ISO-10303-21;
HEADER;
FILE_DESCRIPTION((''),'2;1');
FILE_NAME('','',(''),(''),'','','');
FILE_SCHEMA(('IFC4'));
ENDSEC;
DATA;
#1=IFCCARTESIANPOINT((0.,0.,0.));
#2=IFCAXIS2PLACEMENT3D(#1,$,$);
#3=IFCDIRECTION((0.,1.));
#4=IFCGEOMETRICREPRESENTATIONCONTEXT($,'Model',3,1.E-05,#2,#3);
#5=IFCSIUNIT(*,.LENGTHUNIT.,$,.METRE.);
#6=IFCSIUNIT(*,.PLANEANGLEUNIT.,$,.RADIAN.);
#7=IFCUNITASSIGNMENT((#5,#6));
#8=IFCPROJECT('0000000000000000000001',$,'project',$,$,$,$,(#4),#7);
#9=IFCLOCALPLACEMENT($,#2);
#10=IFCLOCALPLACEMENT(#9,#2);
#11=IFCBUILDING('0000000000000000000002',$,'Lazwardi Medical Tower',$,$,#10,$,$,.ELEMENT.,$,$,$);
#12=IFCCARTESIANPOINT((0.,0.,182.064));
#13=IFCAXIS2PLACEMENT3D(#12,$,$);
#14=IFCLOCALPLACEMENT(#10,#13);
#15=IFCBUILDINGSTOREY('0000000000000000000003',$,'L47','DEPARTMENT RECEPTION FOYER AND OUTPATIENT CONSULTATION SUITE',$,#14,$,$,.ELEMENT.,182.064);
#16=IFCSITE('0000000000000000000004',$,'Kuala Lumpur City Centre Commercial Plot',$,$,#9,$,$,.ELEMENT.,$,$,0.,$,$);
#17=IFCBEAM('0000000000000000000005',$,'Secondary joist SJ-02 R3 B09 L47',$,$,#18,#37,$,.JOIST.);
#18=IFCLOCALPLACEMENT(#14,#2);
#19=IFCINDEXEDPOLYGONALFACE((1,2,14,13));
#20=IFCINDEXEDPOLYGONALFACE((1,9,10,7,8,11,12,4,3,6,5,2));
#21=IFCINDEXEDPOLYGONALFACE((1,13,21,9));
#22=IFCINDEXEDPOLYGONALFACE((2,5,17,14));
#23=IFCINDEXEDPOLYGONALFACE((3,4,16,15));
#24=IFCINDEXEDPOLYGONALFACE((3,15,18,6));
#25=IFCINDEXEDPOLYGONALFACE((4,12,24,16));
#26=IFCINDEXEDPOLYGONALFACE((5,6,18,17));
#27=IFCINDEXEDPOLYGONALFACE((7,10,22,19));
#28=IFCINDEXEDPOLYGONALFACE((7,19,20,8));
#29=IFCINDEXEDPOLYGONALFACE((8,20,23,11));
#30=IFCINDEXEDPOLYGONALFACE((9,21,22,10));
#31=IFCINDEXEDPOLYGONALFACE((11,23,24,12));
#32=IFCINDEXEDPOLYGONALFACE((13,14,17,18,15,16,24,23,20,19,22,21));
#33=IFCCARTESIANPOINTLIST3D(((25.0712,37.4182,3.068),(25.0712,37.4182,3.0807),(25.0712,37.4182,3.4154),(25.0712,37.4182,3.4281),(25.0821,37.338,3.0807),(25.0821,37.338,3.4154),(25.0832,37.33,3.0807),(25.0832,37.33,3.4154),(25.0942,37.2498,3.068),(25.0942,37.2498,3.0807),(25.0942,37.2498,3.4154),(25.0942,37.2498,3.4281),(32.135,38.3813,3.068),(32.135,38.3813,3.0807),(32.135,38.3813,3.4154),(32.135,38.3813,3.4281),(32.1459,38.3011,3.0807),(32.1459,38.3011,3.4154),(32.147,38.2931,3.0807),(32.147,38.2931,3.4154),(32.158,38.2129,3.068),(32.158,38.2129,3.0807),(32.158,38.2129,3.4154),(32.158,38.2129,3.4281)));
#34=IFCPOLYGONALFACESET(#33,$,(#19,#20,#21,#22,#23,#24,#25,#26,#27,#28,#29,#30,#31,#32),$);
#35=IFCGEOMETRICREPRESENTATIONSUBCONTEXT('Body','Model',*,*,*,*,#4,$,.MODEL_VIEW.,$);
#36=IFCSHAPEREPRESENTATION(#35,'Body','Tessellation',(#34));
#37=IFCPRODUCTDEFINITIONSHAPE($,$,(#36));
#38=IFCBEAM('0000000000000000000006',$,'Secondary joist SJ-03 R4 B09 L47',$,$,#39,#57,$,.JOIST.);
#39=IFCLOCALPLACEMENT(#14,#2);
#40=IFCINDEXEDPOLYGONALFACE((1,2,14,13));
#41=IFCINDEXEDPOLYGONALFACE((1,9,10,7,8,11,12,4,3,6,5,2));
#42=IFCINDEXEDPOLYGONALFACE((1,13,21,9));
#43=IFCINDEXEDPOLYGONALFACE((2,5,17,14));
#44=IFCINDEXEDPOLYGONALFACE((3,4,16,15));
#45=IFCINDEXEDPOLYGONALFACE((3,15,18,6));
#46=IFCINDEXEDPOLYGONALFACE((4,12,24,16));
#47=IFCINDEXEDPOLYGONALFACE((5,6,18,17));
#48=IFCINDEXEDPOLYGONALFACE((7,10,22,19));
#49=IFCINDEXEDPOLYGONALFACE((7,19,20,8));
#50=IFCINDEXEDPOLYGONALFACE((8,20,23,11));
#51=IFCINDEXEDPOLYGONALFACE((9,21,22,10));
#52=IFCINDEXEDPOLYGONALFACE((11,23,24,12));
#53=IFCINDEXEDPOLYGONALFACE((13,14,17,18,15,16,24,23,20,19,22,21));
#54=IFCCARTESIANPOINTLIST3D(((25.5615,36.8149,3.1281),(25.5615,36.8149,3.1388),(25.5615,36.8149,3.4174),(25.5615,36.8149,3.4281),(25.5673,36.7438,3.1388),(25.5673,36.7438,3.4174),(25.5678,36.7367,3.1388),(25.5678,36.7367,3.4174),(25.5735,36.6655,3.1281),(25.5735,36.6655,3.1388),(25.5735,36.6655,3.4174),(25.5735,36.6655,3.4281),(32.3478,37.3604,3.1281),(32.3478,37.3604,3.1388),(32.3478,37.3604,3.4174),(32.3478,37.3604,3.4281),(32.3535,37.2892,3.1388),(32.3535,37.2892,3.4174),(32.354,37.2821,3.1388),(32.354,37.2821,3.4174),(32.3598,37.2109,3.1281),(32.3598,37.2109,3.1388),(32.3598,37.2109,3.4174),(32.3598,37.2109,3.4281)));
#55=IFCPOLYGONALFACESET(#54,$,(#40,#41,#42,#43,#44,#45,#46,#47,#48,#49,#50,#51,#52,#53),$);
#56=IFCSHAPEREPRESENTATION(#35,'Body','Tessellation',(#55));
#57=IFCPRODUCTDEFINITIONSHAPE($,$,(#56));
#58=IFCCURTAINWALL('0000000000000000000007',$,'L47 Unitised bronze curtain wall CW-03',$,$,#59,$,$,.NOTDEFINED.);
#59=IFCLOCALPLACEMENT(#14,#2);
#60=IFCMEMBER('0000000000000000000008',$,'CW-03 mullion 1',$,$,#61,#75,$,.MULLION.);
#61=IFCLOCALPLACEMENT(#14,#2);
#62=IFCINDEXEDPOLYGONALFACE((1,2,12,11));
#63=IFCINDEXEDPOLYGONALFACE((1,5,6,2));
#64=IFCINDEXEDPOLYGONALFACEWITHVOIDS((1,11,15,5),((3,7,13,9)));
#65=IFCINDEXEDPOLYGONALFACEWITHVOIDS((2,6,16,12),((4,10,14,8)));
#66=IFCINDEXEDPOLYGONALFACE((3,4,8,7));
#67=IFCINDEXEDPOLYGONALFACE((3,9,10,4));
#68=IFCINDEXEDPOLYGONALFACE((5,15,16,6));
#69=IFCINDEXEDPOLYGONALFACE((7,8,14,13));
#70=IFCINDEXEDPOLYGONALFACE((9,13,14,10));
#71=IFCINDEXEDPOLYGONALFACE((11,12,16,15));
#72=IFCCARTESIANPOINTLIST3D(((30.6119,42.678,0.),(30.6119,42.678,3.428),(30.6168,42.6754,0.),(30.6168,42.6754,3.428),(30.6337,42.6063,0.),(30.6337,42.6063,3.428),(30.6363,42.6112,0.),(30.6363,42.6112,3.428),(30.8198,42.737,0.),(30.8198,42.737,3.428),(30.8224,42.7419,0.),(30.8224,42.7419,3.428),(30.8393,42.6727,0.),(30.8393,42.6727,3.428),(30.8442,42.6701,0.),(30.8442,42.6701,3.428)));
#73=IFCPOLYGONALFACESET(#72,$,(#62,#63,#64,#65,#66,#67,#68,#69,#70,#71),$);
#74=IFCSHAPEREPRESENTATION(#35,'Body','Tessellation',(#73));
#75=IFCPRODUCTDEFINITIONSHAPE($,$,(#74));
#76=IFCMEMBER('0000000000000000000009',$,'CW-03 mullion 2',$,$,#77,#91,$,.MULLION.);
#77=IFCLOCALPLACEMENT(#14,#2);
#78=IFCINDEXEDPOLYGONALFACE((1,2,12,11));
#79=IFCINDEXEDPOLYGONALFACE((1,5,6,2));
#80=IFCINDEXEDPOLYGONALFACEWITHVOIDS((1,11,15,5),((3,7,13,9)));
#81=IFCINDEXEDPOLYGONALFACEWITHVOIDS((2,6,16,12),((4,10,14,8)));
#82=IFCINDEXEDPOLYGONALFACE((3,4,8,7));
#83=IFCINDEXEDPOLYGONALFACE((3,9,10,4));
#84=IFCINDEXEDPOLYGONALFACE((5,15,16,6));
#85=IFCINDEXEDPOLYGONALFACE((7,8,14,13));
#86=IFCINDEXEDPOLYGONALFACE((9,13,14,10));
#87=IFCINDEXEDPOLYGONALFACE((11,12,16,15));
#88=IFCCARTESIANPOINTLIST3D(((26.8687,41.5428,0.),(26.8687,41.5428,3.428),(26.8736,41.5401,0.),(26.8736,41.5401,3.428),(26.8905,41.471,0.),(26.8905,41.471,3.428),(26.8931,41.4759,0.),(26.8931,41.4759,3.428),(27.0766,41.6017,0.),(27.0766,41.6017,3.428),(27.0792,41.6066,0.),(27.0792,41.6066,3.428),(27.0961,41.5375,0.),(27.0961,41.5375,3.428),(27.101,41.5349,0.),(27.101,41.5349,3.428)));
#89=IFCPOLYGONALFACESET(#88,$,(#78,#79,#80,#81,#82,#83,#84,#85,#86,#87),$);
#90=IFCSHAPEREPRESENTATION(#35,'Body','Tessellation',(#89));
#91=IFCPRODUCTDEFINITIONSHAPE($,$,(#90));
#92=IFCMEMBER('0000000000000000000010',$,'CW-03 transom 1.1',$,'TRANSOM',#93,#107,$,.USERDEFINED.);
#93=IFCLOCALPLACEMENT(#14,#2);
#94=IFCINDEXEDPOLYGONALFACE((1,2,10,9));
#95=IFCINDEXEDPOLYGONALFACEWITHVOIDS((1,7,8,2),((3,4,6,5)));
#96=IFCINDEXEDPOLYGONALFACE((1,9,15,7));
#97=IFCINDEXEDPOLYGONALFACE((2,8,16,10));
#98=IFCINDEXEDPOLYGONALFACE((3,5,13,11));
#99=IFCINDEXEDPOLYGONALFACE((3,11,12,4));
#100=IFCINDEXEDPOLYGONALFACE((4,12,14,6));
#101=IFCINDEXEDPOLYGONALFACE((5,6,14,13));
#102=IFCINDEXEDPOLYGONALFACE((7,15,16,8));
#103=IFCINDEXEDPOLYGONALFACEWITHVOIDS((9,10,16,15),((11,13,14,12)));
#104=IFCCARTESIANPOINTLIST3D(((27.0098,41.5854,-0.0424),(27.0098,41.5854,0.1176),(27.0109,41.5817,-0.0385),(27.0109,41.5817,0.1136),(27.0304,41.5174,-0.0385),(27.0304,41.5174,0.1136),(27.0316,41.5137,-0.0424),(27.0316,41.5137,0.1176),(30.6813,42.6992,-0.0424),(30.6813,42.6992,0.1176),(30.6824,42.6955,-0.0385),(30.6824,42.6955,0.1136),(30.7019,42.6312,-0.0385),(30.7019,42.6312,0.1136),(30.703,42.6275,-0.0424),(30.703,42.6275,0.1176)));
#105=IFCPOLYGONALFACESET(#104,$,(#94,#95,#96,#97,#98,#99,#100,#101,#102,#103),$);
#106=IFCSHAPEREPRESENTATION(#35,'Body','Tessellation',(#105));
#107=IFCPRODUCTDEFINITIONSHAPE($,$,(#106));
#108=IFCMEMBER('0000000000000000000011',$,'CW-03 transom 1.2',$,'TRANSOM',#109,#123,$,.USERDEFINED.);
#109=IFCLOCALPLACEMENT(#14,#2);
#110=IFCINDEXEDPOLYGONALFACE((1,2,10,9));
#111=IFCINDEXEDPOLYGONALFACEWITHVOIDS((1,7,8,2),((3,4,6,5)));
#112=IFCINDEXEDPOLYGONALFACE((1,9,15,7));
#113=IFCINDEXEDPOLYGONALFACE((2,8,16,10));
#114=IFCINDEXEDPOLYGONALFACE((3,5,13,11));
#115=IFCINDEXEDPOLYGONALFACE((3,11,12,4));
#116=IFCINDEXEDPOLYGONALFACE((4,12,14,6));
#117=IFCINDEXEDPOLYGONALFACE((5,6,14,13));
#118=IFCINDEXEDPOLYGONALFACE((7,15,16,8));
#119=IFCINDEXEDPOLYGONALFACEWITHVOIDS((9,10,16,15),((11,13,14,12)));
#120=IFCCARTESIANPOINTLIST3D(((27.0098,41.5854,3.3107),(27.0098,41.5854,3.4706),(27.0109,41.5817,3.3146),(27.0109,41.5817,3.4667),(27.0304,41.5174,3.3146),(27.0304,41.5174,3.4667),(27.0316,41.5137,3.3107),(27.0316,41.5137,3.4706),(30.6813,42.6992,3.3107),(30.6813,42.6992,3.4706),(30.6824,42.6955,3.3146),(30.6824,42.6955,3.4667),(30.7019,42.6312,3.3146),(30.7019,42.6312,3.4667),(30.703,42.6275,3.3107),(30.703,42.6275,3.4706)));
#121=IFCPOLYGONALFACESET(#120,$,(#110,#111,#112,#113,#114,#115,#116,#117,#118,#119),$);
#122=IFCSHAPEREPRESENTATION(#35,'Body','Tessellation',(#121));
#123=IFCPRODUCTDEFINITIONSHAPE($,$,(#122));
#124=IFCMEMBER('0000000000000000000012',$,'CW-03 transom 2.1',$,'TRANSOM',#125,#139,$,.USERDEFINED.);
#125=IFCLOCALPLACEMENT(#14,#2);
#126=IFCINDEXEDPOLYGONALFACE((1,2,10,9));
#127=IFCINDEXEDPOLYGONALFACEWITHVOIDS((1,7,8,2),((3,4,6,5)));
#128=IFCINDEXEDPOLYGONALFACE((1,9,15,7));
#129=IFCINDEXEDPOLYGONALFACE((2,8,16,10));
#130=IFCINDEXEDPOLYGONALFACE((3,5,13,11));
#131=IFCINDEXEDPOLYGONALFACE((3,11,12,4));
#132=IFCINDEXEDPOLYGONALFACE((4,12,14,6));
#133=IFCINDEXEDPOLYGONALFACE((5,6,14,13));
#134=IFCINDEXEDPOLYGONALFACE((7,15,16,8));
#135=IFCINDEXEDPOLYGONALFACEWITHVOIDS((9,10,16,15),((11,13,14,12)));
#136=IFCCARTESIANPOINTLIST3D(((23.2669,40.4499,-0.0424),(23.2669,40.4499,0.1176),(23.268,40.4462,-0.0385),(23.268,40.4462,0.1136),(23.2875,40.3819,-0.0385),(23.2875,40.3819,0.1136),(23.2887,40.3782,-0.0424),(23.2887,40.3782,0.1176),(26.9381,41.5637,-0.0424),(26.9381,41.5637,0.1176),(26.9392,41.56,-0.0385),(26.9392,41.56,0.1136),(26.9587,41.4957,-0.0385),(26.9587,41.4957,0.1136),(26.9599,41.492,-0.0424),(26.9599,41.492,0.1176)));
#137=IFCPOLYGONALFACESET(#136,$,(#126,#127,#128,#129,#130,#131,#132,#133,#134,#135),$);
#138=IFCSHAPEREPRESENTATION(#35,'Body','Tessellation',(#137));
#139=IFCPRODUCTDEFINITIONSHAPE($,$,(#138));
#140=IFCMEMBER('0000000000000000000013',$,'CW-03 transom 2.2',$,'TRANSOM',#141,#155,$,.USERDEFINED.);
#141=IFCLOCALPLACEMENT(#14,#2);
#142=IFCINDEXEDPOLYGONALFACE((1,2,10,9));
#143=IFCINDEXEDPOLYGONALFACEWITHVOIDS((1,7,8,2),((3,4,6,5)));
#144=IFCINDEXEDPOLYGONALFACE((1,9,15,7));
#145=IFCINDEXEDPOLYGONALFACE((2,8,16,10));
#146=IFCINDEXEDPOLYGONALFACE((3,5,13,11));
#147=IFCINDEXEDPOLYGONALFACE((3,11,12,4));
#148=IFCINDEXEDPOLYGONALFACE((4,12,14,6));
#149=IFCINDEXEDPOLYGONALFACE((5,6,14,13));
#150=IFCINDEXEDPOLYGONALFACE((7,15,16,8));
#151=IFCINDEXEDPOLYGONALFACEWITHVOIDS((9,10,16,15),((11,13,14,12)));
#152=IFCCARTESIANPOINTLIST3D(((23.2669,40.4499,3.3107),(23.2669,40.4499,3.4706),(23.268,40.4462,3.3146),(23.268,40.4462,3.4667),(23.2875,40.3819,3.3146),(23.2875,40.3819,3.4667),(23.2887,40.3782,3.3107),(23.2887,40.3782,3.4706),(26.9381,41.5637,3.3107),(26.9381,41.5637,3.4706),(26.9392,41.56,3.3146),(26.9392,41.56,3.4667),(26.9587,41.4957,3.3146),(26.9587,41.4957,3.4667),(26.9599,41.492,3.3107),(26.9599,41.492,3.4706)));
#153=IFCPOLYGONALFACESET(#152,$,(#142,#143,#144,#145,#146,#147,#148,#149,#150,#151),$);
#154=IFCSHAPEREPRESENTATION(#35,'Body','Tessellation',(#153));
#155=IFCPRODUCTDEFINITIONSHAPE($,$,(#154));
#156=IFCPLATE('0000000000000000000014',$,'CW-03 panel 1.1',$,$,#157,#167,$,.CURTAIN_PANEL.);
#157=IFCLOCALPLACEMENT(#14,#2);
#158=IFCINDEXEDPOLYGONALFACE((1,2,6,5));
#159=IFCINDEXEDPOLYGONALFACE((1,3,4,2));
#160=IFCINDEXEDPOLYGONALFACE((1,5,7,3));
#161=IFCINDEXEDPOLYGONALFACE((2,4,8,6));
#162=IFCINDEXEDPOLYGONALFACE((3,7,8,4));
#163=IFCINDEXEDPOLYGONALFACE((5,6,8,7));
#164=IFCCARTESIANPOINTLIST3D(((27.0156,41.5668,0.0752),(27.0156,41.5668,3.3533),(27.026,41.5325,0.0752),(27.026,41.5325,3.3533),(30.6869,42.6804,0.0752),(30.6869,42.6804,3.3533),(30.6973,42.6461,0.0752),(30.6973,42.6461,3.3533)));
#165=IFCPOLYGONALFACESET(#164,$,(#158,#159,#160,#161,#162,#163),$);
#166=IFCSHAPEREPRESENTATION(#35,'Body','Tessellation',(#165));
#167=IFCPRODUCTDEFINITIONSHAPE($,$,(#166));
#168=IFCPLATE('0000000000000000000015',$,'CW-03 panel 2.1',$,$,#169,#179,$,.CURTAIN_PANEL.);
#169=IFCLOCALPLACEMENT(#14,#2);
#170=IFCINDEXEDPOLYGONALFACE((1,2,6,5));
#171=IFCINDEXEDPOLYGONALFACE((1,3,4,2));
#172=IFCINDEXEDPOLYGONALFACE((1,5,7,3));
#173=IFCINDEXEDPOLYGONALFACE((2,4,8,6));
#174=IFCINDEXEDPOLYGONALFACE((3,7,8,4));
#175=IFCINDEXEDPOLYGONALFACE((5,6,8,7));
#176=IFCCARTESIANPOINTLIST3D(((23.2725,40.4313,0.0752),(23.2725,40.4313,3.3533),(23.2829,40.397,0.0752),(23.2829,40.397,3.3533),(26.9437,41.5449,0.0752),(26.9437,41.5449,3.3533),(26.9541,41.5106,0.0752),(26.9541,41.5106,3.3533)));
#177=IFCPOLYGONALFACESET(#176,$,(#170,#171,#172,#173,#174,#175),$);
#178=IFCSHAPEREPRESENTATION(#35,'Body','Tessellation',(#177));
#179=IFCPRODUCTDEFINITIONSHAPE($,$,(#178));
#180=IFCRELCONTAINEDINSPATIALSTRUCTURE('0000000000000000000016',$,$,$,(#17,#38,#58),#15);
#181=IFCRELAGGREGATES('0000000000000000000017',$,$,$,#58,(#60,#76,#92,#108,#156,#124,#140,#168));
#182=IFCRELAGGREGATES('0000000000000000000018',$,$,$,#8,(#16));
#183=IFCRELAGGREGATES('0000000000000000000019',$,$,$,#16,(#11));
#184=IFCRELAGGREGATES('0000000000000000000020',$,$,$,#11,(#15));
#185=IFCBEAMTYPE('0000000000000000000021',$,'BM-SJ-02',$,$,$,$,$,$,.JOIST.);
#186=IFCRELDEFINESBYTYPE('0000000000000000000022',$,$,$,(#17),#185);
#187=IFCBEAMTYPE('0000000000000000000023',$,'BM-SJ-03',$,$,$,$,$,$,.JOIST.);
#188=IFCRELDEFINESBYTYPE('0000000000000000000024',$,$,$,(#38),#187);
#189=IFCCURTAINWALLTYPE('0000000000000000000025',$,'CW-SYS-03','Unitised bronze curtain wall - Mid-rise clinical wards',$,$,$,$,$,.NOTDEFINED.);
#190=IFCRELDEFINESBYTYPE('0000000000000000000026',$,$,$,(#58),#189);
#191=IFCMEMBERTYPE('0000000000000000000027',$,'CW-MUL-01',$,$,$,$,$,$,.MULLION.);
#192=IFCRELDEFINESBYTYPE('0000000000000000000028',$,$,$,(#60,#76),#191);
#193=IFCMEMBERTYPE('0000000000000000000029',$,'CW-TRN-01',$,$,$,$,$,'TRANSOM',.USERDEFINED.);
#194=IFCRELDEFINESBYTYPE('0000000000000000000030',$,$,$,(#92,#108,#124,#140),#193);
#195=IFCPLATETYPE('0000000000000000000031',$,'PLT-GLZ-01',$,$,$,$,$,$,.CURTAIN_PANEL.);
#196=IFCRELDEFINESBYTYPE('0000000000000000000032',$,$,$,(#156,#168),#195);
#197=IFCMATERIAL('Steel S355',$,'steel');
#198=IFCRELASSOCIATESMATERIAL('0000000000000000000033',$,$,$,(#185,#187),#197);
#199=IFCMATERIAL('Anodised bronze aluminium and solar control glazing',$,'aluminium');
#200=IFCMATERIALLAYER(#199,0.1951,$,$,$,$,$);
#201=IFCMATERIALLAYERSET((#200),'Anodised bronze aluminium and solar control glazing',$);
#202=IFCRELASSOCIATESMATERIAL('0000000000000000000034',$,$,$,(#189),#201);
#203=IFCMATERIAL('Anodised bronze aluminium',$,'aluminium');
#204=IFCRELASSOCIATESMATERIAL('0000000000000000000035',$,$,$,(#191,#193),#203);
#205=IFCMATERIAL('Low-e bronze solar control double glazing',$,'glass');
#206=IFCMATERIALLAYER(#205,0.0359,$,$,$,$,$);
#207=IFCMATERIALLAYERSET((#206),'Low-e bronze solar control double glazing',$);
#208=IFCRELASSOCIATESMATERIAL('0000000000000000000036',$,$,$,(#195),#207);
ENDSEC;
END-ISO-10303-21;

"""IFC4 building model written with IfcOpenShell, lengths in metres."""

from ifc_helpers import new_model, si_unit, direction, frame, origin, origin_2d, place, context, subcontext, project, spatial, rectangle, hollow_rectangle, i_section, extrude, material, layer, layer_set, material_profile, profile_set, type_object, element, aggregate, save


model = new_model("IFC4")

# Units and contexts
model_context = context("Model", 3, precision=1e-05, world=origin(), true_north=direction((0.0, 1.0)))
body_context = subcontext(model_context, "Body", "Model", "MODEL_VIEW")
ifc_project = project(units=[si_unit("LENGTHUNIT", "METRE"), si_unit("PLANEANGLEUNIT", "RADIAN")], contexts=[model_context])

# Site, building, storey
site_placement = place(None, origin())
site = spatial("IfcSite", under=ifc_project, at=site_placement, Name="Kuala Lumpur City Centre Commercial Plot", CompositionType="ELEMENT", RefElevation=0.0)
building_placement = place(site_placement, origin())
building = spatial("IfcBuilding", under=site, at=building_placement, Name="Lazwardi Medical Tower", CompositionType="ELEMENT")
storey_placement = place(building_placement, frame((0.0, 0.0, 182.064)))
storey = spatial("IfcBuildingStorey", under=building, at=storey_placement, Name="L47", Description="DEPARTMENT RECEPTION FOYER AND OUTPATIENT CONSULTATION SUITE", CompositionType="ELEMENT", Elevation=182.064)

# Beams
ifc_material_1 = material(Name="Steel S355", Category="steel")
ifc_material_profile_1 = material_profile(ifc_material_1, i_section(OverallWidth=0.1699, OverallDepth=0.3601, WebThickness=0.0081, FlangeThickness=0.0127, at=origin_2d()), Name="IPE 360")
ifc_profile_set_1 = profile_set([ifc_material_profile_1], Name="Steel S355")
beam_type_1 = type_object("IfcBeamType", Name="BM-SJ-02", PredefinedType="JOIST", material=ifc_profile_set_1)
beam_1_placement = place(storey_placement, frame((32.1465, 38.2971, 3.248), z_axis=(-0.990832, -0.135099, 0.0), x_axis=(0.135099, -0.990832, 0.0)))
element("IfcBeam", 1, at=beam_1_placement, inside=storey, type_object=beam_type_1, Name="Secondary joist SJ-02 R3 B09 L47", PredefinedType="JOIST", context=body_context, shape_type="SweptSolid", body=[
    extrude(i_section(OverallWidth=0.1699, OverallDepth=0.3601, WebThickness=0.0081, FlangeThickness=0.0127, at=origin_2d()), origin(), (0.0, 0.0, 1.0), 7.1292),
])
ifc_material_profile_2 = material_profile(ifc_material_1, i_section(OverallWidth=0.1499, OverallDepth=0.3, WebThickness=0.0071, FlangeThickness=0.0107, at=origin_2d()), Name="IPE 300")
ifc_profile_set_2 = profile_set([ifc_material_profile_2], Name="Steel S355")
beam_type_2 = type_object("IfcBeamType", Name="BM-SJ-03", PredefinedType="JOIST", material=ifc_profile_set_2)
beam_2_placement = place(storey_placement, frame((32.3538, 37.2856, 3.2781), z_axis=(-0.996786, -0.080113, 0.0), x_axis=(0.080113, -0.996786, 0.0)))
element("IfcBeam", 2, at=beam_2_placement, inside=storey, type_object=beam_type_2, Name="Secondary joist SJ-03 R4 B09 L47", PredefinedType="JOIST", context=body_context, shape_type="SweptSolid", body=[
    extrude(i_section(OverallWidth=0.1499, OverallDepth=0.3, WebThickness=0.0071, FlangeThickness=0.0107, at=origin_2d()), origin(), (0.0, 0.0, 1.0), 6.8081),
])

# Curtain wall, members, plates
ifc_material_2 = material(Name="Anodised bronze aluminium and solar control glazing", Category="aluminium")
ifc_layer_1 = layer(ifc_material_2, 0.1951)
ifc_layer_set_1 = layer_set([ifc_layer_1], Name="Anodised bronze aluminium and solar control glazing")
curtain_wall_type = type_object("IfcCurtainWallType", Name="CW-SYS-03", Description="Unitised bronze curtain wall - Mid-rise clinical wards", PredefinedType="NOTDEFINED", material=ifc_layer_set_1)
curtain_wall_placement = place(storey_placement, origin())
curtain_wall = element("IfcCurtainWall", 3, at=curtain_wall_placement, inside=storey, type_object=curtain_wall_type, Name="L47 Unitised bronze curtain wall CW-03", PredefinedType="NOTDEFINED")
ifc_material_3 = material(Name="Anodised bronze aluminium", Category="aluminium")
ifc_material_profile_3 = material_profile(ifc_material_3, hollow_rectangle(XDim=0.075, YDim=0.22, WallThickness=0.0039, at=origin_2d()), Name="ALU-MULLION 220x75x4")
ifc_profile_set_3 = profile_set([ifc_material_profile_3], Name="Anodised bronze aluminium")
member_type_1 = type_object("IfcMemberType", Name="CW-MUL-01", PredefinedType="MULLION", material=ifc_profile_set_3)
member_1_placement = place(storey_placement, frame((30.728, 42.6741, 0.0), z_axis=(0.0, 0.0, 1.0), x_axis=(0.290281, -0.956942, 0.0)))
member_1 = element("IfcMember", 4, at=member_1_placement, type_object=member_type_1, Name="CW-03 mullion 1", PredefinedType="MULLION", context=body_context, shape_type="SweptSolid", body=[
    extrude(hollow_rectangle(XDim=0.075, YDim=0.22, WallThickness=0.0039, at=origin_2d()), origin(), (0.0, 0.0, 1.0), 3.428),
])
member_2_placement = place(storey_placement, frame((26.9849, 41.5388, 0.0), z_axis=(0.0, 0.0, 1.0), x_axis=(0.290281, -0.956942, 0.0)))
member_2 = element("IfcMember", 5, at=member_2_placement, type_object=member_type_1, Name="CW-03 mullion 2", PredefinedType="MULLION", context=body_context, shape_type="SweptSolid", body=[
    extrude(hollow_rectangle(XDim=0.075, YDim=0.22, WallThickness=0.0039, at=origin_2d()), origin(), (0.0, 0.0, 1.0), 3.428),
])
ifc_material_profile_4 = material_profile(ifc_material_3, hollow_rectangle(XDim=0.075, YDim=0.1599, WallThickness=0.0039, at=origin_2d()), Name="ALU-TRANSOM 160x75x4")
ifc_profile_set_4 = profile_set([ifc_material_profile_4], Name="Anodised bronze aluminium")
member_type_2 = type_object("IfcMemberType", Name="CW-TRN-01", ElementType="TRANSOM", PredefinedType="USERDEFINED", material=ifc_profile_set_4)
member_3_placement = place(storey_placement, frame((30.6921, 42.6633, 0.0376), z_axis=(-0.956936, -0.290301, 0.0), x_axis=(0.290301, -0.956936, 0.0)))
member_3 = element("IfcMember", 6, at=member_3_placement, type_object=member_type_2, Name="CW-03 transom 1.1", ObjectType="TRANSOM", PredefinedType="USERDEFINED", context=body_context, shape_type="SweptSolid", body=[
    extrude(hollow_rectangle(XDim=0.075, YDim=0.1599, WallThickness=0.0039, at=origin_2d()), origin(), (0.0, 0.0, 1.0), 3.8367),
])
member_4_placement = place(storey_placement, frame((30.6921, 42.6633, 3.3906), z_axis=(-0.956936, -0.290301, 0.0), x_axis=(0.290301, -0.956936, 0.0)))
member_4 = element("IfcMember", 7, at=member_4_placement, type_object=member_type_2, Name="CW-03 transom 1.2", ObjectType="TRANSOM", PredefinedType="USERDEFINED", context=body_context, shape_type="SweptSolid", body=[
    extrude(hollow_rectangle(XDim=0.075, YDim=0.1599, WallThickness=0.0039, at=origin_2d()), origin(), (0.0, 0.0, 1.0), 3.8367),
])
member_5_placement = place(storey_placement, frame((26.949, 41.5278, 0.0376), z_axis=(-0.95693, -0.290318, 0.0), x_axis=(0.290318, -0.95693, 0.0)))
member_5 = element("IfcMember", 8, at=member_5_placement, type_object=member_type_2, Name="CW-03 transom 2.1", ObjectType="TRANSOM", PredefinedType="USERDEFINED", context=body_context, shape_type="SweptSolid", body=[
    extrude(hollow_rectangle(XDim=0.075, YDim=0.1599, WallThickness=0.0039, at=origin_2d()), origin(), (0.0, 0.0, 1.0), 3.8364),
])
member_6_placement = place(storey_placement, frame((26.949, 41.5278, 3.3906), z_axis=(-0.95693, -0.290318, 0.0), x_axis=(0.290318, -0.95693, 0.0)))
member_6 = element("IfcMember", 9, at=member_6_placement, type_object=member_type_2, Name="CW-03 transom 2.2", ObjectType="TRANSOM", PredefinedType="USERDEFINED", context=body_context, shape_type="SweptSolid", body=[
    extrude(hollow_rectangle(XDim=0.075, YDim=0.1599, WallThickness=0.0039, at=origin_2d()), origin(), (0.0, 0.0, 1.0), 3.8364),
])
ifc_material_4 = material(Name="Low-e bronze solar control double glazing", Category="glass")
ifc_layer_2 = layer(ifc_material_4, 0.0359)
ifc_layer_set_2 = layer_set([ifc_layer_2], Name="Low-e bronze solar control double glazing")
plate_type = type_object("IfcPlateType", Name="PLT-GLZ-01", PredefinedType="CURTAIN_PANEL", material=ifc_layer_set_2)
plate_1_placement = place(storey_placement, frame((28.8564, 42.1064, 0.0752), z_axis=(0.0, 0.0, 1.0), x_axis=(-0.956942, -0.290281, 0.0)))
plate_1 = element("IfcPlate", 10, at=plate_1_placement, type_object=plate_type, Name="CW-03 panel 1.1", PredefinedType="CURTAIN_PANEL", context=body_context, shape_type="SweptSolid", body=[
    extrude(rectangle(XDim=3.8364, YDim=0.0359, at=origin_2d()), origin(), (0.0, 0.0, 1.0), 3.2781),
])
plate_2_placement = place(storey_placement, frame((25.1133, 40.9709, 0.0752), z_axis=(0.0, 0.0, 1.0), x_axis=(-0.956942, -0.290281, 0.0)))
plate_2 = element("IfcPlate", 11, at=plate_2_placement, type_object=plate_type, Name="CW-03 panel 2.1", PredefinedType="CURTAIN_PANEL", context=body_context, shape_type="SweptSolid", body=[
    extrude(rectangle(XDim=3.8364, YDim=0.0359, at=origin_2d()), origin(), (0.0, 0.0, 1.0), 3.2781),
])
aggregate(curtain_wall, [member_1, member_2, member_3, member_4, plate_1, member_5, member_6, plate_2])

save(model, "model.ifc")
